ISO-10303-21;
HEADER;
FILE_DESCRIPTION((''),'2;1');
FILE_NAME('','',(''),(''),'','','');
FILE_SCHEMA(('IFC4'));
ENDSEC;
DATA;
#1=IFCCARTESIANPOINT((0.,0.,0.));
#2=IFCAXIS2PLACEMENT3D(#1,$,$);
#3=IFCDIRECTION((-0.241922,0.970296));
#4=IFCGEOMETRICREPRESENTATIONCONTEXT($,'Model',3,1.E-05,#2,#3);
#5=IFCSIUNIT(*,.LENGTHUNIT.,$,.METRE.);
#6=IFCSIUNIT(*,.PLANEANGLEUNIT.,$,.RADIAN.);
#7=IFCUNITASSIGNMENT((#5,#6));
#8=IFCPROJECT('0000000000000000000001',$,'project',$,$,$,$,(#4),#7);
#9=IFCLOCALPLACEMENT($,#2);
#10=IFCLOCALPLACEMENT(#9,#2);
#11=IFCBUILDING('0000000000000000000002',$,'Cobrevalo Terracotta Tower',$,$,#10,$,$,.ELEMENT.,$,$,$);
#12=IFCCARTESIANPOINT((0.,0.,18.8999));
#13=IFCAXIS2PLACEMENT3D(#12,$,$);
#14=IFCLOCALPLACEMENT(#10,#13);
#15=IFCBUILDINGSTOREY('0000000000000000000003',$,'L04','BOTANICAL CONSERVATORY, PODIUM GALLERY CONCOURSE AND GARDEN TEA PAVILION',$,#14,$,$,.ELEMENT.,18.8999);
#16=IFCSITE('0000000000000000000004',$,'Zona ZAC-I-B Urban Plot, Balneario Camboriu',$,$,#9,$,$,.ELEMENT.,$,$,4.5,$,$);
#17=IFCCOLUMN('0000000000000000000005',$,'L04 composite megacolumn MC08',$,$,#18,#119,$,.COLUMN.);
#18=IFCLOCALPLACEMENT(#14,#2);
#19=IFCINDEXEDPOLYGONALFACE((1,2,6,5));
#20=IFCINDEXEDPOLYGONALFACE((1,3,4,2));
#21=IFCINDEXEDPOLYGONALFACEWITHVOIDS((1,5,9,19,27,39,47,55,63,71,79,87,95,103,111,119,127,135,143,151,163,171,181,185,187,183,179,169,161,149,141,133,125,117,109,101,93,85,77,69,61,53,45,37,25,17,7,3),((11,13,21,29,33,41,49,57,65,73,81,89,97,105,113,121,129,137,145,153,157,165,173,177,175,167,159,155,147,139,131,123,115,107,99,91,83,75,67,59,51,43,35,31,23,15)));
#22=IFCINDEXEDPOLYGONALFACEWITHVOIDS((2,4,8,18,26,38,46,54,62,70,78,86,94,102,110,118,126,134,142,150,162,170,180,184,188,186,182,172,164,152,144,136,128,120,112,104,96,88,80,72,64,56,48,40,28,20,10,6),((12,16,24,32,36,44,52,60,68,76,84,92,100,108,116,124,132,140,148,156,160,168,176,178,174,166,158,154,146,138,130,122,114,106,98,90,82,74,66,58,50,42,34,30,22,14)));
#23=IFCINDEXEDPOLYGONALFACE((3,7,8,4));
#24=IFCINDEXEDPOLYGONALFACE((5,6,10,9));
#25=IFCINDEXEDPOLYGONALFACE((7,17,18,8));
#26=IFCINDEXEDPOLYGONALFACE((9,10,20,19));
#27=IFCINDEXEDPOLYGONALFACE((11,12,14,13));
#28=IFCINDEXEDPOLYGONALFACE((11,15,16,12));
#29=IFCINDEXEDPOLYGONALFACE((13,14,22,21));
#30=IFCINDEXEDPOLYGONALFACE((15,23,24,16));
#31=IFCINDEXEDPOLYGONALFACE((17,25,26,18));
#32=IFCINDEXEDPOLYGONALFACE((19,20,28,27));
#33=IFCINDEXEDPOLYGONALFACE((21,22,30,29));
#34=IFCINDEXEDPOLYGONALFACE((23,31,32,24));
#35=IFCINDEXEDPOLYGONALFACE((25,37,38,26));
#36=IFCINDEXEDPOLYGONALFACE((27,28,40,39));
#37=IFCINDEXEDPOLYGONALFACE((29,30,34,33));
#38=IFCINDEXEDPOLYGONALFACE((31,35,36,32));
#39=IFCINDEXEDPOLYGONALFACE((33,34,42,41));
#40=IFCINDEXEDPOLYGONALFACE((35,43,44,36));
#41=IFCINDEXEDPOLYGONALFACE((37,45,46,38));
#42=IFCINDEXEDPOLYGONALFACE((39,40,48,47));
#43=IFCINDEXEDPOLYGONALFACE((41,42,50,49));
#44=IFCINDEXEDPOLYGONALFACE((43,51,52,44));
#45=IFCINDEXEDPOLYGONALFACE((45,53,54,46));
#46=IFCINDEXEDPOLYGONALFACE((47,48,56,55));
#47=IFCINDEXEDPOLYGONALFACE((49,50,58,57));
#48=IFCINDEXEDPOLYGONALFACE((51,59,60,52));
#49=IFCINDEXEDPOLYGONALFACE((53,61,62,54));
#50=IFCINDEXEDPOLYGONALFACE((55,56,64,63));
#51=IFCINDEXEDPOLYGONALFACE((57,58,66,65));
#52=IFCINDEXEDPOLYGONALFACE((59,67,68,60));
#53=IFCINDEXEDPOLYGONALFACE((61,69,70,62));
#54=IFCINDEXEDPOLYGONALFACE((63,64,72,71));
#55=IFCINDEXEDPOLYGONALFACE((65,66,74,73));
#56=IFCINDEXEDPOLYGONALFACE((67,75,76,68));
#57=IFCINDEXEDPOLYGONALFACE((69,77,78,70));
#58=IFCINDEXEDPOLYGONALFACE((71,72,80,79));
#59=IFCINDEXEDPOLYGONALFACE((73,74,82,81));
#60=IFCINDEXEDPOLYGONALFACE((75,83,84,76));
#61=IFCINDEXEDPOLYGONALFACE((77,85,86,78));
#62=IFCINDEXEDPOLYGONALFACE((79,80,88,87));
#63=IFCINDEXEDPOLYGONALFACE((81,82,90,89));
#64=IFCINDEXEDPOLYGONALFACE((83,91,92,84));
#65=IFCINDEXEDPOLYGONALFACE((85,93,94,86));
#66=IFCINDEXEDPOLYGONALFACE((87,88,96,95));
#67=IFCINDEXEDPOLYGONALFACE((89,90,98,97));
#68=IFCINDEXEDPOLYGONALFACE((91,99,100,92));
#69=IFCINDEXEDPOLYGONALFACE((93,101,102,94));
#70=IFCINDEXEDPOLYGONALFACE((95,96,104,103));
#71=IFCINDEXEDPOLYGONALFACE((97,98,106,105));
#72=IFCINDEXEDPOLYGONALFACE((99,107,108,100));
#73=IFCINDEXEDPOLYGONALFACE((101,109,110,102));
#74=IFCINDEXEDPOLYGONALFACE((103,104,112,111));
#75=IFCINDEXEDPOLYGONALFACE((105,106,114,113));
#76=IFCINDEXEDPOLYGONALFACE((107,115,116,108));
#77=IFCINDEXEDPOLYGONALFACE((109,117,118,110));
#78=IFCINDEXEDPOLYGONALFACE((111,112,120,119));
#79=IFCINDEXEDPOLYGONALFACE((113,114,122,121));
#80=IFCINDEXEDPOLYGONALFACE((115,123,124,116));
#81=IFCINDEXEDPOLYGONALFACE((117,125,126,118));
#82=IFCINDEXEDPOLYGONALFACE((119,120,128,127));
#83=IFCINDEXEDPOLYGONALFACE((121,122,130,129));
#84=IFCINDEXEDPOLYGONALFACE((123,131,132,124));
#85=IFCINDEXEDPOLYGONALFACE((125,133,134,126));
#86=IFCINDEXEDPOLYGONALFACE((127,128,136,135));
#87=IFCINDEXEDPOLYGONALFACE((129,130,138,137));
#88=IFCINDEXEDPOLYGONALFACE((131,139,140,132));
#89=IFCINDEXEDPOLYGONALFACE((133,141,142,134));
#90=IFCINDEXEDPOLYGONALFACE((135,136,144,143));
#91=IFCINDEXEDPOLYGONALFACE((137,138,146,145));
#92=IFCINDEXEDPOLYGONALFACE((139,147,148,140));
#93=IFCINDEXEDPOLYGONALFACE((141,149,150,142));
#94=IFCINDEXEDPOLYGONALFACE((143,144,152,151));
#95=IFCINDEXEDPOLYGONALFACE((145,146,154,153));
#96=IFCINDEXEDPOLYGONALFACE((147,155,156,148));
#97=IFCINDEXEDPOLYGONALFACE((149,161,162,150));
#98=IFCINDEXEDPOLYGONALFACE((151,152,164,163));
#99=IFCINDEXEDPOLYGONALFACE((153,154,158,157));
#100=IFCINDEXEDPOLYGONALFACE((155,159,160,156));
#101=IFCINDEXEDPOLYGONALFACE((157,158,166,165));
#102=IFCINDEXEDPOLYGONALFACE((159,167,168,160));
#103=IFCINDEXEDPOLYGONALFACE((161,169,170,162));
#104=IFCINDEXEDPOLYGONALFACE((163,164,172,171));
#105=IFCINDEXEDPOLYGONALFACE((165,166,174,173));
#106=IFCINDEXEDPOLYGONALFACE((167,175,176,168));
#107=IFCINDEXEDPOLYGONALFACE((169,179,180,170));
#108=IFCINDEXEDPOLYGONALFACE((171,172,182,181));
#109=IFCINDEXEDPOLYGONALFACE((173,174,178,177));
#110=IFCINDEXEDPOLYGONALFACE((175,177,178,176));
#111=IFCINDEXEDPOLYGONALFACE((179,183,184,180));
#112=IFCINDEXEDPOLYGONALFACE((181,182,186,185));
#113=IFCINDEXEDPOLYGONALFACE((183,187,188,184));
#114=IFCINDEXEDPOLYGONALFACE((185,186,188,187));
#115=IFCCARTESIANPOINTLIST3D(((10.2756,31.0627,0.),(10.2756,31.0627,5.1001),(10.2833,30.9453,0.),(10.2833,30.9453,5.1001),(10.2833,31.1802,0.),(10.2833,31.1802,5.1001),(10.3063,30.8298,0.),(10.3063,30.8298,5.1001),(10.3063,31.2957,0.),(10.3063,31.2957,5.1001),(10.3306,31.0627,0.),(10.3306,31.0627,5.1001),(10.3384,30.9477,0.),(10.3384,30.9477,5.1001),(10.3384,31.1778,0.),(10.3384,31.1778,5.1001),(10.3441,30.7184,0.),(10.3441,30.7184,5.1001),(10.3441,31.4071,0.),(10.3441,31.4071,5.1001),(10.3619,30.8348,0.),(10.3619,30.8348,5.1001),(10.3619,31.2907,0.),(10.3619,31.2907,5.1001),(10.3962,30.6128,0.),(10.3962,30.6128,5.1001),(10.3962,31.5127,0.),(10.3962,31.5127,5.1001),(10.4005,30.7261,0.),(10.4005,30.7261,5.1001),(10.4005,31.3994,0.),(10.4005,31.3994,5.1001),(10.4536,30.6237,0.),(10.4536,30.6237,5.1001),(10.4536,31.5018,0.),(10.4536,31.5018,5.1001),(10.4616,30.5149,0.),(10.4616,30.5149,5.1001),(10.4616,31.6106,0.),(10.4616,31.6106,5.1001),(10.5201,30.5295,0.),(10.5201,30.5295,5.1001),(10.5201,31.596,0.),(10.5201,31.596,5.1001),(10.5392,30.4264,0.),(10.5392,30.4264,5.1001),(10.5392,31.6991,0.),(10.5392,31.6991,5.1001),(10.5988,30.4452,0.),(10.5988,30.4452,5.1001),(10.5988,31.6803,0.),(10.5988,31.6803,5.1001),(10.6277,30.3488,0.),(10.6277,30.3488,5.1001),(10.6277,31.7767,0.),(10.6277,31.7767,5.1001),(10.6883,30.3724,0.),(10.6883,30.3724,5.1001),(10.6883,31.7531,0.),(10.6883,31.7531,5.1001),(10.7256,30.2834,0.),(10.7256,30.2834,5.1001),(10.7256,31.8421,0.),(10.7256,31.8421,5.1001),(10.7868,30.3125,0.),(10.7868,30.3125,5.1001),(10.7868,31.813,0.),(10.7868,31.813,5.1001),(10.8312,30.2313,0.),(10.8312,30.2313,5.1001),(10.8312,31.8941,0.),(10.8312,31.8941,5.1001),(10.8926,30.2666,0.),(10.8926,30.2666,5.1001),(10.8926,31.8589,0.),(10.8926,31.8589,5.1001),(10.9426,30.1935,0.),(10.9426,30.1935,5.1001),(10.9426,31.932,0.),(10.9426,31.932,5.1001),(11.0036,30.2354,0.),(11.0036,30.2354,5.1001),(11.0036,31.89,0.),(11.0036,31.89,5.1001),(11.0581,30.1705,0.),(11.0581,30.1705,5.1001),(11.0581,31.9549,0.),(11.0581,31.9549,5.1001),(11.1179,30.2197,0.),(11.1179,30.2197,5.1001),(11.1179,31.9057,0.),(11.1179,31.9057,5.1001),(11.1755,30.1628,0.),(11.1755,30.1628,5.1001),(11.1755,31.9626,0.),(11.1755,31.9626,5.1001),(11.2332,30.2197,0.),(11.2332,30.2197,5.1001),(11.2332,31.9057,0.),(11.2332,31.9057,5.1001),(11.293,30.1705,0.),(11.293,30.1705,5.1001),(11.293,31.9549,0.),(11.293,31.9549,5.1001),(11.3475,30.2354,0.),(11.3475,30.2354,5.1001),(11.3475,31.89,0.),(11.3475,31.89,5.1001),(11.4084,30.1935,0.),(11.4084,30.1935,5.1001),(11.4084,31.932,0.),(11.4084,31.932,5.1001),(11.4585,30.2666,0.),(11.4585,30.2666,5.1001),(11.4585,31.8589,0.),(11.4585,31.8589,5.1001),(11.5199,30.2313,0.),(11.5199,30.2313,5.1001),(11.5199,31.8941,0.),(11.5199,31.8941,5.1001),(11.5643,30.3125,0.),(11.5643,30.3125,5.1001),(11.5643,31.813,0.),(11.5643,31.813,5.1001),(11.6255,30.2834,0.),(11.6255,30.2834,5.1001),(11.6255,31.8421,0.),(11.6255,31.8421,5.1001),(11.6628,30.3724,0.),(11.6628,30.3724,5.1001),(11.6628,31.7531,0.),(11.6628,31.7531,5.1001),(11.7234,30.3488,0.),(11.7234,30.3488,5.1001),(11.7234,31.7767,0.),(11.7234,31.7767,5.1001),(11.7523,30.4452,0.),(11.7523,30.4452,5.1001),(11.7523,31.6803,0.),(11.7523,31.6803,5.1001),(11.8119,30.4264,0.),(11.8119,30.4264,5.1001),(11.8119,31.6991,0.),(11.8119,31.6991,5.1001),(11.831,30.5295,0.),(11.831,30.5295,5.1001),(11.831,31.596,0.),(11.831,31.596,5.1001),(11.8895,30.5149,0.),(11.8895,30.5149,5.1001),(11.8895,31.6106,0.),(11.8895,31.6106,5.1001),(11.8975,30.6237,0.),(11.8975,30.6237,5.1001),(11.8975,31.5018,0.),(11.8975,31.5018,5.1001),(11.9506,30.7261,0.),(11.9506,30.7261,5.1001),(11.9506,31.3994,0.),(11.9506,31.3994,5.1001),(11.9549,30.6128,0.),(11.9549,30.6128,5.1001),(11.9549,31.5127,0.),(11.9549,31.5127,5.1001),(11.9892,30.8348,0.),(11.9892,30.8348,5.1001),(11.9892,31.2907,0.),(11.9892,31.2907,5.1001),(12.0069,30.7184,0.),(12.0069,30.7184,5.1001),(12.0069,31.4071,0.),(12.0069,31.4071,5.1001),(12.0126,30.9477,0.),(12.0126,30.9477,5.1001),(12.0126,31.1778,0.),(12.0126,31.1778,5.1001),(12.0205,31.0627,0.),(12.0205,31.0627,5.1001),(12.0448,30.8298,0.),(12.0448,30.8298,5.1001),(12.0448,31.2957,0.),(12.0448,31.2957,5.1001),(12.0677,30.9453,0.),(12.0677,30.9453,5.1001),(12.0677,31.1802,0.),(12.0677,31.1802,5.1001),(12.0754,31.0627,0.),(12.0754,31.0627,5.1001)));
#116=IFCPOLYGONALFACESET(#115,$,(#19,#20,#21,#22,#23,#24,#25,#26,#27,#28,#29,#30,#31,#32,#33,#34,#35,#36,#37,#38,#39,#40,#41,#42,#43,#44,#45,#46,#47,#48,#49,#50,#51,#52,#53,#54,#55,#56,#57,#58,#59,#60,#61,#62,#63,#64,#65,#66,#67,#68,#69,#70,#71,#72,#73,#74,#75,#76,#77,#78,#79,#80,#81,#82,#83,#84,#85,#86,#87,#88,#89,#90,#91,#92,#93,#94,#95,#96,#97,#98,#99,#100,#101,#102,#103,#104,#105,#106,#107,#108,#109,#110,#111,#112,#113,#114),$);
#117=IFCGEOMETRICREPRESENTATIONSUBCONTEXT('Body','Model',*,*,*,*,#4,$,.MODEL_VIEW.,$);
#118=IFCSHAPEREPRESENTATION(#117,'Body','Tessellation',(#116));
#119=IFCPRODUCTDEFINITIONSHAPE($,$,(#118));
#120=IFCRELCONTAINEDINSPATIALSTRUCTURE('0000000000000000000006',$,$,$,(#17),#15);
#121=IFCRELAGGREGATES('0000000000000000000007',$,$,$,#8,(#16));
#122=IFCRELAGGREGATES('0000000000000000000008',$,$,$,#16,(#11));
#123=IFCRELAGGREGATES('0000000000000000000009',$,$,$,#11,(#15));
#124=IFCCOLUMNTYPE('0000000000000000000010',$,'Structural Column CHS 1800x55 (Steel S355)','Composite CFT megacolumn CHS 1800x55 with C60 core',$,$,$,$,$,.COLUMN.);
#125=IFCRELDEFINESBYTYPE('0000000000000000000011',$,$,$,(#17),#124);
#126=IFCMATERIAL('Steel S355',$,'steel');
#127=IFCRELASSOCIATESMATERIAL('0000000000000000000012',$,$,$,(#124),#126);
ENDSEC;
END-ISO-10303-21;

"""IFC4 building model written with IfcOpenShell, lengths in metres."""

from ifc_helpers import new_model, si_unit, direction, frame, origin, origin_2d, place, context, subcontext, project, spatial, hollow_circle, extrude, material, material_profile, profile_set, type_object, element, save


model = new_model("IFC4")

# Units and contexts
model_context = context("Model", 3, precision=1e-05, world=origin(), true_north=direction((-0.241922, 0.970296)))
body_context = subcontext(model_context, "Body", "Model", "MODEL_VIEW")
ifc_project = project(units=[si_unit("LENGTHUNIT", "METRE"), si_unit("PLANEANGLEUNIT", "RADIAN")], contexts=[model_context])

# Site, building, storey
site_placement = place(None, origin())
site = spatial("IfcSite", under=ifc_project, at=site_placement, Name="Zona ZAC-I-B Urban Plot, Balneario Camboriu", CompositionType="ELEMENT", RefElevation=4.5)
building_placement = place(site_placement, origin())
building = spatial("IfcBuilding", under=site, at=building_placement, Name="Cobrevalo Terracotta Tower", CompositionType="ELEMENT")
storey_placement = place(building_placement, frame((0.0, 0.0, 18.8999)))
storey = spatial("IfcBuildingStorey", under=building, at=storey_placement, Name="L04", Description="BOTANICAL CONSERVATORY, PODIUM GALLERY CONCOURSE AND GARDEN TEA PAVILION", CompositionType="ELEMENT", Elevation=18.8999)

# Column
ifc_material_1 = material(Name="Steel S355", Category="steel")
ifc_material_profile_1 = material_profile(ifc_material_1, hollow_circle(Radius=0.8999, WallThickness=0.0549, at=origin_2d()), Name="CHS 1800x55")
ifc_profile_set_1 = profile_set([ifc_material_profile_1], Name="Steel S355")
column_type_1 = type_object("IfcColumnType", Name="Structural Column CHS 1800x55 (Steel S355)", Description="Composite CFT megacolumn CHS 1800x55 with C60 core", PredefinedType="COLUMN", material=ifc_profile_set_1)
for number, where, z_axis, x_axis, name in (
    (1, (11.1755, 31.0627, 0.0), (0.0, 0.0, 1.0), (1.0, 0.0, 0.0), "L04 composite megacolumn MC08"),
):
    element("IfcColumn", number, at=place(storey_placement, frame(where, z_axis=z_axis, x_axis=x_axis)), inside=storey, type_object=column_type_1, Name=name, PredefinedType="COLUMN", context=body_context, shape_type="SweptSolid", body=[
        extrude(hollow_circle(Radius=0.8999, WallThickness=0.0549, at=origin_2d()), origin(), (0.0, 0.0, 1.0), 5.1001),
    ])

save(model, "model.ifc")
